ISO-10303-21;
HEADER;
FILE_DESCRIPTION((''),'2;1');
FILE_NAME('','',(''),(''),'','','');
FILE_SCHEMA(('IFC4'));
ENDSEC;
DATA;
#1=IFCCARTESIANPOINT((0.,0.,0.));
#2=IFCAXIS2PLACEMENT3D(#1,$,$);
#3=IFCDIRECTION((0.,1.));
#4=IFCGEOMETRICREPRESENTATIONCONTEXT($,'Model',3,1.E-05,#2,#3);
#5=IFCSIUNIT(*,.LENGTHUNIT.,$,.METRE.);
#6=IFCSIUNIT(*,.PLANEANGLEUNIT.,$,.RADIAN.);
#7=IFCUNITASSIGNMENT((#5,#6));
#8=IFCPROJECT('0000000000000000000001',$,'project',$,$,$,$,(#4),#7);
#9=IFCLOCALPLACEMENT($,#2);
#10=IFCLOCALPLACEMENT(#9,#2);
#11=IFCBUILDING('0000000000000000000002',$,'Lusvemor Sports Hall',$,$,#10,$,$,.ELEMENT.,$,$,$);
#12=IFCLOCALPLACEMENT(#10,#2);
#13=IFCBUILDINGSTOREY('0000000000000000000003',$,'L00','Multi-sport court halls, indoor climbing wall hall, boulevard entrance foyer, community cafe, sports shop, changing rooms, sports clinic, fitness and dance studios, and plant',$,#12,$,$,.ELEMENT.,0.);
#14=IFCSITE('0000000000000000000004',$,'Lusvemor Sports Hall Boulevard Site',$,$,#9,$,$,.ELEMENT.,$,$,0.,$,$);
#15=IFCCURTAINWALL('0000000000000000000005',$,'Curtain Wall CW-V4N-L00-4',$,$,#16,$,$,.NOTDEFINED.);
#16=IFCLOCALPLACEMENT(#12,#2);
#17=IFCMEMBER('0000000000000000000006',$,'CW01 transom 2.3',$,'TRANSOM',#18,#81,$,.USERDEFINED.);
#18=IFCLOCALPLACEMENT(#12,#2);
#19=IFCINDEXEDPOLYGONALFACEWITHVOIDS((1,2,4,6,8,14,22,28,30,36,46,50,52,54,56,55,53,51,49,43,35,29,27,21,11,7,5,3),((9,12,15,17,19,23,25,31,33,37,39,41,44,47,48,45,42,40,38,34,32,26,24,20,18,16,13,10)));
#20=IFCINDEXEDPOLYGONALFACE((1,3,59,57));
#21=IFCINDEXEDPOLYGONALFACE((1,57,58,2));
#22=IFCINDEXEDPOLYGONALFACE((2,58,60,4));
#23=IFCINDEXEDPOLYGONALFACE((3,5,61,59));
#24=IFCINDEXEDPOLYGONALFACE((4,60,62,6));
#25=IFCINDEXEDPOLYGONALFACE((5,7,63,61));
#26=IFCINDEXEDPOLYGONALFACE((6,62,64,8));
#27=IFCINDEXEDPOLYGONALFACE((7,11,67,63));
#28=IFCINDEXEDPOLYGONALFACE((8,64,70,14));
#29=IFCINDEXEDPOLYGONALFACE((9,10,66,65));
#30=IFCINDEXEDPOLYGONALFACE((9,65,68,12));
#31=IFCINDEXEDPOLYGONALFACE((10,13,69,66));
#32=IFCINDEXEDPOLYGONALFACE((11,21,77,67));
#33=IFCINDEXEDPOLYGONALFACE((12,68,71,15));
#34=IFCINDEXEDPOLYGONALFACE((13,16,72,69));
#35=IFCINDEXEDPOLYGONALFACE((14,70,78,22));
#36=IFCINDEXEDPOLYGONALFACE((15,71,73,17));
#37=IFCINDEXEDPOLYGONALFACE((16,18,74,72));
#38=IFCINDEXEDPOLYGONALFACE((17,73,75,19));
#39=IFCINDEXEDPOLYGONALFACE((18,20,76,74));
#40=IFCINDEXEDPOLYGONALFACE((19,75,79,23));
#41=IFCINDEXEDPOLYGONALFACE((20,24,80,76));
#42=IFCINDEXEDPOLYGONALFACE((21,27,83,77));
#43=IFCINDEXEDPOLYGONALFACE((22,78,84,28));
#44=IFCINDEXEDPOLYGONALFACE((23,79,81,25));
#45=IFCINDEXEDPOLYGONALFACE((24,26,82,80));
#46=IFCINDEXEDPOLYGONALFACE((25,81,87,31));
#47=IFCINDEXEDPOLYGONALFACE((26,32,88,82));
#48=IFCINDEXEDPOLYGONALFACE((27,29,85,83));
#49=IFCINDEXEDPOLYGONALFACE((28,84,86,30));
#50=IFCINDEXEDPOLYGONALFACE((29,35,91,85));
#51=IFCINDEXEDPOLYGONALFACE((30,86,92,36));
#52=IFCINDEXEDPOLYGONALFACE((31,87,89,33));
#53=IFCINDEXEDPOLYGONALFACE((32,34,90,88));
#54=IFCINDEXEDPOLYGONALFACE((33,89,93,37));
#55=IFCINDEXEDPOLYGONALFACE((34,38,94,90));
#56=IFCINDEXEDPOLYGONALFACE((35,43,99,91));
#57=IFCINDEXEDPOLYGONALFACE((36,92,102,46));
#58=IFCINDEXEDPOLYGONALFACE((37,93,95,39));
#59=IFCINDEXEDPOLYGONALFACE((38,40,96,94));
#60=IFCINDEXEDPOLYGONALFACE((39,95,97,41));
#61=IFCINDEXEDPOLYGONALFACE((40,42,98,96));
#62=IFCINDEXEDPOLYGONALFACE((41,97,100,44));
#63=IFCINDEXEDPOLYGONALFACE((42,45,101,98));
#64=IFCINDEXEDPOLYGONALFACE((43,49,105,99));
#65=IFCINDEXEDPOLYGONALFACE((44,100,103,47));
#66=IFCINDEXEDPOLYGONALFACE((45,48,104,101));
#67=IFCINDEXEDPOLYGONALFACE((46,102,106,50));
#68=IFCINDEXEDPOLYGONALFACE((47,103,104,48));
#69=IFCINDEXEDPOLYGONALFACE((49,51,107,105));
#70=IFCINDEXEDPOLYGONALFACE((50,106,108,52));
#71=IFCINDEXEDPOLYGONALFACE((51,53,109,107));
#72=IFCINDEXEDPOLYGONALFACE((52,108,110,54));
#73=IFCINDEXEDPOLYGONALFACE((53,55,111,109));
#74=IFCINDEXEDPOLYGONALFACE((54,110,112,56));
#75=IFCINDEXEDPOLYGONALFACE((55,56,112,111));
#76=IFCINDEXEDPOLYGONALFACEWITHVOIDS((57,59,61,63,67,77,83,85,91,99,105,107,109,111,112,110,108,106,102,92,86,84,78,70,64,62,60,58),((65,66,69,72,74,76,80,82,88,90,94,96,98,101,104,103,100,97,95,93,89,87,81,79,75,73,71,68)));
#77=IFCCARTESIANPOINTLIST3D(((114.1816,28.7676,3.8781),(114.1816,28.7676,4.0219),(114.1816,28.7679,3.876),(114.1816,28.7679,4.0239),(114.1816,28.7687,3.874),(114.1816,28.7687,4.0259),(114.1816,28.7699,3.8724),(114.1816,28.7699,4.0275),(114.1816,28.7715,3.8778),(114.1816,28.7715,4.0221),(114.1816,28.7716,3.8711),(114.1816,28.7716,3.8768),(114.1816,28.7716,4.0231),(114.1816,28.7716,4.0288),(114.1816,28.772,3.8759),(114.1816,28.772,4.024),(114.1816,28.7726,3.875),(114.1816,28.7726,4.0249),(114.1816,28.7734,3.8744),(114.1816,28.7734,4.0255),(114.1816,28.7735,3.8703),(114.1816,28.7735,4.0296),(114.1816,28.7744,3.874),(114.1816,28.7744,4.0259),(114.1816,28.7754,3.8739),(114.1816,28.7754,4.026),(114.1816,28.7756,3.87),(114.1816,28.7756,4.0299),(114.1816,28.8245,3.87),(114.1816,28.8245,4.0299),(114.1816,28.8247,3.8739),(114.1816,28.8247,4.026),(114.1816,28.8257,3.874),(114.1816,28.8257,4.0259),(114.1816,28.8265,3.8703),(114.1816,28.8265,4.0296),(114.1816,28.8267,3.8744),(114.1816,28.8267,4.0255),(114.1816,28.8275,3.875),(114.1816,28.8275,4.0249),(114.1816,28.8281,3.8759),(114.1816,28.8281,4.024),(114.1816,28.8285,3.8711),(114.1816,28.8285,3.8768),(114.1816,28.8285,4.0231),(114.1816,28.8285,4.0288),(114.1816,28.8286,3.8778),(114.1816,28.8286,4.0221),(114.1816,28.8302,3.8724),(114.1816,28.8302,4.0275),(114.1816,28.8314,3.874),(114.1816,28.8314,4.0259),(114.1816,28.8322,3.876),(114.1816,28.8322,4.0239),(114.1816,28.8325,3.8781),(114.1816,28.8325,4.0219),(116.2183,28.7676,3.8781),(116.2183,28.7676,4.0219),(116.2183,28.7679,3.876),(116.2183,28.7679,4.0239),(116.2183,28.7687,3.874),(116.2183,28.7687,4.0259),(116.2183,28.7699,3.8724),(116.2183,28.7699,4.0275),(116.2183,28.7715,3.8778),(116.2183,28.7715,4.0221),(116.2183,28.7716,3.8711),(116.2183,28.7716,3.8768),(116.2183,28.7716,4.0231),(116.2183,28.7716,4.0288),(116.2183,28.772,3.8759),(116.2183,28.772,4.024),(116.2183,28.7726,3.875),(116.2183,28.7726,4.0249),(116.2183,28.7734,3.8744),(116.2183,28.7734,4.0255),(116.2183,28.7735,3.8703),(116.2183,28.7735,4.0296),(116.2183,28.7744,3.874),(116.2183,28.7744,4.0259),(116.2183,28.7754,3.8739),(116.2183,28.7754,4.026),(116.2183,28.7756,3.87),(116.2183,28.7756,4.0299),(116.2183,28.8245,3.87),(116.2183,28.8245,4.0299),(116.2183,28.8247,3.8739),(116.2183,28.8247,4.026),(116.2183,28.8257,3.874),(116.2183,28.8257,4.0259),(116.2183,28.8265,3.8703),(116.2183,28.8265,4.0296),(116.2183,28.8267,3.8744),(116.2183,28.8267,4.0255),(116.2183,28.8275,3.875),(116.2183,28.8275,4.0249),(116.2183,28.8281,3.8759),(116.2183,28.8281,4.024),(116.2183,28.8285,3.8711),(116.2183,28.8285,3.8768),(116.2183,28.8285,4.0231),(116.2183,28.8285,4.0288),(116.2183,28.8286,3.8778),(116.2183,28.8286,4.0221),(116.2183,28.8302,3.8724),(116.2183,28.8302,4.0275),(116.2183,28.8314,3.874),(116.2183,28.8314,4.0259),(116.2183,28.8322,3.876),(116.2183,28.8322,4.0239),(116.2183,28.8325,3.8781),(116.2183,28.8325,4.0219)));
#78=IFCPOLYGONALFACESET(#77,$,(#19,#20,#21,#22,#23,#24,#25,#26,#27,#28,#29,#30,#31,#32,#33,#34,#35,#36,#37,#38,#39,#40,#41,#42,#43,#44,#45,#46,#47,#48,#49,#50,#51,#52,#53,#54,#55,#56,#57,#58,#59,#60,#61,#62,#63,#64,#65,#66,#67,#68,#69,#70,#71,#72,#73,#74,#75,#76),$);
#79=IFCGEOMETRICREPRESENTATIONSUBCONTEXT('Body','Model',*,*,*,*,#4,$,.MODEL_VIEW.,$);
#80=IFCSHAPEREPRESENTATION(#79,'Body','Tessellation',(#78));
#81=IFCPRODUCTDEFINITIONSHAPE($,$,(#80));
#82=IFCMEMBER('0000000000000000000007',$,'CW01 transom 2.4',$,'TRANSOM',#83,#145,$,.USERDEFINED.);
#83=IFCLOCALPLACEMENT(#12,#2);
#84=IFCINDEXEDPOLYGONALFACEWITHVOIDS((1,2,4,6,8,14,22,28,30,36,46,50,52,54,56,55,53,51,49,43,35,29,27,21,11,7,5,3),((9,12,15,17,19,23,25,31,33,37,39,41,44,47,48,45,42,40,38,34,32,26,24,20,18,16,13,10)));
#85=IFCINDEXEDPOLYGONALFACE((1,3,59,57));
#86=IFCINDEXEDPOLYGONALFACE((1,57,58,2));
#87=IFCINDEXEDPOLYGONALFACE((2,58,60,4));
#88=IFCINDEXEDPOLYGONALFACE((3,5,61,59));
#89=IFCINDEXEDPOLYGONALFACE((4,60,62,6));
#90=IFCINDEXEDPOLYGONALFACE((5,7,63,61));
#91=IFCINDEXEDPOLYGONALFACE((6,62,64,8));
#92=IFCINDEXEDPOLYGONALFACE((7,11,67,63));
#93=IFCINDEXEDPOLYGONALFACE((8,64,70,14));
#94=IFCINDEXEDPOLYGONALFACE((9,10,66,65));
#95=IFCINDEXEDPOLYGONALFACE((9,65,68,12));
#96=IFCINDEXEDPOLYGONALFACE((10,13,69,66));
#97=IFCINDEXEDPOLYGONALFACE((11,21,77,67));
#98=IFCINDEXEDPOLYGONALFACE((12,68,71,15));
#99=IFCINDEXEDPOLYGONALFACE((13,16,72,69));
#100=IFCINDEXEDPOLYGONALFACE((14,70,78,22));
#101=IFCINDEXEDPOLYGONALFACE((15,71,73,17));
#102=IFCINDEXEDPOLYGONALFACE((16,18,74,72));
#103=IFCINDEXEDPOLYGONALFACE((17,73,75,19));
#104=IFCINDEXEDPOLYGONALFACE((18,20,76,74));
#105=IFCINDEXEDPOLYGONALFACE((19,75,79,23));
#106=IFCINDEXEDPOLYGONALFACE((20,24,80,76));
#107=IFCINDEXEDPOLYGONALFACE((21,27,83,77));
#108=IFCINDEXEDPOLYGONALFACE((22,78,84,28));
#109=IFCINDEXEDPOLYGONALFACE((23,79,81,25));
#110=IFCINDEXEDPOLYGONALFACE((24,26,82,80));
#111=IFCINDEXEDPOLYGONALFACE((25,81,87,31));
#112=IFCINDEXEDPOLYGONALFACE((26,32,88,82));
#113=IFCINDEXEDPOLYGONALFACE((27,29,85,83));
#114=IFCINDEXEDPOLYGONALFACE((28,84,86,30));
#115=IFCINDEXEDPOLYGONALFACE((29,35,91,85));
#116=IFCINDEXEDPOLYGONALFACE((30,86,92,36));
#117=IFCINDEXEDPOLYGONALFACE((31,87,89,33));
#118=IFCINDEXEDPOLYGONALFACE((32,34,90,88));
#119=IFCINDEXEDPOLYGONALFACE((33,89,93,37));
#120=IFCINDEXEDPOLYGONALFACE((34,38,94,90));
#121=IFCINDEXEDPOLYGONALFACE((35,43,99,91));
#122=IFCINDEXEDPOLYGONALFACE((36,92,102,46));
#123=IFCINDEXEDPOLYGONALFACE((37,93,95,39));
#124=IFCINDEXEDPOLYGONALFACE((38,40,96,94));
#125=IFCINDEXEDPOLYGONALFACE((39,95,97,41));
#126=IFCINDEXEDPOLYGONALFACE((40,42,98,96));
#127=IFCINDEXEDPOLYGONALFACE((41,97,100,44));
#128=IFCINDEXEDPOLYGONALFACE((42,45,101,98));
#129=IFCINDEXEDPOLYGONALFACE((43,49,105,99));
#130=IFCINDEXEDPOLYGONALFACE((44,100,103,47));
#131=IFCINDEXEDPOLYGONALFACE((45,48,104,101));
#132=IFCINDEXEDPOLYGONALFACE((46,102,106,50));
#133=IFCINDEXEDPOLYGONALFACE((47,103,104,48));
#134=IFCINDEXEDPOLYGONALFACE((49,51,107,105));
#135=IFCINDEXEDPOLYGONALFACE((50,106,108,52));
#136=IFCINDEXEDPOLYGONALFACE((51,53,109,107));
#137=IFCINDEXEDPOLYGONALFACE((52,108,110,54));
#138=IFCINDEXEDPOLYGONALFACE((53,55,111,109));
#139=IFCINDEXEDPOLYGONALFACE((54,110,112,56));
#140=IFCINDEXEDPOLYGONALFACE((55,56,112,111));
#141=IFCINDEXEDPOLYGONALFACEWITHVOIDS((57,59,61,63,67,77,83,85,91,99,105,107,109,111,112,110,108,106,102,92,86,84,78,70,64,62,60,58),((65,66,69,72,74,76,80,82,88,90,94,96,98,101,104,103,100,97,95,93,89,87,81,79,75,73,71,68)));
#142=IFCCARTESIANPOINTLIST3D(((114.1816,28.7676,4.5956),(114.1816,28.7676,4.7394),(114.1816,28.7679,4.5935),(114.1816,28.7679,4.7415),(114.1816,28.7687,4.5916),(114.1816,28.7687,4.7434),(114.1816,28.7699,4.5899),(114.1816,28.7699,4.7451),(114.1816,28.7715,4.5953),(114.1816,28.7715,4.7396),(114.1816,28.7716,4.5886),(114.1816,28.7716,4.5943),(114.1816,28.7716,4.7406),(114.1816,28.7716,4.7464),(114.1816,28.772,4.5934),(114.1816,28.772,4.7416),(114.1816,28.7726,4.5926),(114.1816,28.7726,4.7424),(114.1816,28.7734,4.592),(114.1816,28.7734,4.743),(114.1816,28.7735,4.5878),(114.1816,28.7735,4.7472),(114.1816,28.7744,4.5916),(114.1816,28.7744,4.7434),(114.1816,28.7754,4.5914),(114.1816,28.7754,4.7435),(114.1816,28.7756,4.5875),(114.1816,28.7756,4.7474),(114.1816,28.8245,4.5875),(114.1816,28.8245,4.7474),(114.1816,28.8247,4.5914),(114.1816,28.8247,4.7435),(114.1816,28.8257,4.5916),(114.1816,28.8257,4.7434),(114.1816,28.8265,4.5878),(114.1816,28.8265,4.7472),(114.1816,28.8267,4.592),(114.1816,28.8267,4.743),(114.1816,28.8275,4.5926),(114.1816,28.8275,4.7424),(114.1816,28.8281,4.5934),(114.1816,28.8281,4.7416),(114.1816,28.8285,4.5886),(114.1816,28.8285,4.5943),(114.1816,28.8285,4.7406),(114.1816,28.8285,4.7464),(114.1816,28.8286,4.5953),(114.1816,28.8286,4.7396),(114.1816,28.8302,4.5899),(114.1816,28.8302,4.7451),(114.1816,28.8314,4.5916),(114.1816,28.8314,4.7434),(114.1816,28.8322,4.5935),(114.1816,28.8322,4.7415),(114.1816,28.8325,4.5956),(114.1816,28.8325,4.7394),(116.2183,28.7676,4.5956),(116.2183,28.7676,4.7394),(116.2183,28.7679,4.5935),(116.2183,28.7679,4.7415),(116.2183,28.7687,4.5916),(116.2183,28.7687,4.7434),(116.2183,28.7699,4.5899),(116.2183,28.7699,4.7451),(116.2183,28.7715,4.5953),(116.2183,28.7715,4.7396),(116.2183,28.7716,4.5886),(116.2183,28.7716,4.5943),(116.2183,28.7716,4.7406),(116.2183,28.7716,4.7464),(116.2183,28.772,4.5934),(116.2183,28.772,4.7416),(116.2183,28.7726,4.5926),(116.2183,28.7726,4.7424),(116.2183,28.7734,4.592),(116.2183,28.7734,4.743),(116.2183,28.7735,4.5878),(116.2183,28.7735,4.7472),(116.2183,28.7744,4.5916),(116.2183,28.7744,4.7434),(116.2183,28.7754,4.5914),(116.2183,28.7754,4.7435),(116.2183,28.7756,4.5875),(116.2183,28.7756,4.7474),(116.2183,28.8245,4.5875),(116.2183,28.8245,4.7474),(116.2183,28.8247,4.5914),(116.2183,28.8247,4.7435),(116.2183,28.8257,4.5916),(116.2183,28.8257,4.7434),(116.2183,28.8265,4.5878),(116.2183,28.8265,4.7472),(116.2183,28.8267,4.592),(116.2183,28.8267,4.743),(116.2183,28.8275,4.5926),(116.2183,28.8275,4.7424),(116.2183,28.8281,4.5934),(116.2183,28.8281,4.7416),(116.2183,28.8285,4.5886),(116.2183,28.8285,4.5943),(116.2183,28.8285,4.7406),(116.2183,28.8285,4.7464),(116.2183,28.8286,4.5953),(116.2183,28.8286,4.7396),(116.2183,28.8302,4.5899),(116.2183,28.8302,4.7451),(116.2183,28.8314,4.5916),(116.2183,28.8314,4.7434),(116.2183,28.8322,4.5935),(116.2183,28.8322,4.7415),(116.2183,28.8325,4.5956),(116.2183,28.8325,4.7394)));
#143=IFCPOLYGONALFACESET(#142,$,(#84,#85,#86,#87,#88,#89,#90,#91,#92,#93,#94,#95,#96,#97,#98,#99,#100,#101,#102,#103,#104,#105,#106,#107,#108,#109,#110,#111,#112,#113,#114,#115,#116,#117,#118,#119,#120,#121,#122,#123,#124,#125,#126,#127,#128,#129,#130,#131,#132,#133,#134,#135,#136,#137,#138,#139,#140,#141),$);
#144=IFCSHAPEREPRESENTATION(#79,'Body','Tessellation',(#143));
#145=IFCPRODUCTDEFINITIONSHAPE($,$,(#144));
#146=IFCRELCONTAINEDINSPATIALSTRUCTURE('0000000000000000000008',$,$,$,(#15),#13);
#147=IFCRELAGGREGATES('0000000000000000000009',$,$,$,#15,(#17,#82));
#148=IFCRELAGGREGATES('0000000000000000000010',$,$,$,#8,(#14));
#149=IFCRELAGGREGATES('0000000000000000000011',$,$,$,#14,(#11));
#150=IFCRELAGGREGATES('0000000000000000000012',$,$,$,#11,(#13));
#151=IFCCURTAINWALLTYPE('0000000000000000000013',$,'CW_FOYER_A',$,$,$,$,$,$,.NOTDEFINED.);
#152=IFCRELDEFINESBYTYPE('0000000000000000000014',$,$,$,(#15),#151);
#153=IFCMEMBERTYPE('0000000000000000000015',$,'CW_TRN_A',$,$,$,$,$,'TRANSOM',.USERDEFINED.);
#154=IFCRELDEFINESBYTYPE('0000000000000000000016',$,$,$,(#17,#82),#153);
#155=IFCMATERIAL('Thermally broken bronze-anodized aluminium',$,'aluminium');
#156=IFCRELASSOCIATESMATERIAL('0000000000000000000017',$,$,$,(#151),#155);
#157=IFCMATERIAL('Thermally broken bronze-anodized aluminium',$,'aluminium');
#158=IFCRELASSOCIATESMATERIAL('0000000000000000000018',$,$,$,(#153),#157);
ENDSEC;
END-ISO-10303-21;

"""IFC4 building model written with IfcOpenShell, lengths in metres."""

from ifc_helpers import new_model, si_unit, direction, frame, origin, origin_2d, place, context, subcontext, project, spatial, hollow_rectangle, extrude, material, material_profile, profile_set, type_object, element, aggregate, save


model = new_model("IFC4")

# Units and contexts
model_context = context("Model", 3, precision=1e-05, world=origin(), true_north=direction((0.0, 1.0)))
body_context = subcontext(model_context, "Body", "Model", "MODEL_VIEW")
ifc_project = project(units=[si_unit("LENGTHUNIT", "METRE"), si_unit("PLANEANGLEUNIT", "RADIAN")], contexts=[model_context])

# Site, building, storey
site_placement = place(None, origin())
site = spatial("IfcSite", under=ifc_project, at=site_placement, Name="Lusvemor Sports Hall Boulevard Site", CompositionType="ELEMENT", RefElevation=0.0)
building_placement = place(site_placement, origin())
building = spatial("IfcBuilding", under=site, at=building_placement, Name="Lusvemor Sports Hall", CompositionType="ELEMENT")
storey_placement = place(building_placement, origin())
storey = spatial("IfcBuildingStorey", under=building, at=storey_placement, Name="L00", Description="Multi-sport court halls, indoor climbing wall hall, boulevard entrance foyer, community cafe, sports shop, changing rooms, sports clinic, fitness and dance studios, and plant", CompositionType="ELEMENT", Elevation=0.0)

# Curtain wall, members
ifc_material_1 = material(Name="Thermally broken bronze-anodized aluminium", Category="aluminium")
curtain_wall_type = type_object("IfcCurtainWallType", Name="CW_FOYER_A", PredefinedType="NOTDEFINED", material=ifc_material_1)
curtain_wall_placement = place(storey_placement, origin())
curtain_wall = element("IfcCurtainWall", 1, at=curtain_wall_placement, inside=storey, type_object=curtain_wall_type, Name="Curtain Wall CW-V4N-L00-4", PredefinedType="NOTDEFINED")
ifc_material_2 = material(Name="Thermally broken bronze-anodized aluminium", Category="aluminium")
ifc_material_profile_1 = material_profile(ifc_material_2, hollow_rectangle(XDim=0.0649, YDim=0.1599, WallThickness=0.0039, InnerFilletRadius=0.0039, OuterFilletRadius=0.0081, at=origin_2d()), Name="CWTRN160x65x4")
ifc_profile_set_1 = profile_set([ifc_material_profile_1], Name="Thermally broken bronze-anodized aluminium")
member_type_1 = type_object("IfcMemberType", Name="CW_TRN_A", ElementType="TRANSOM", PredefinedType="USERDEFINED", material=ifc_profile_set_1)
member_1_placement = place(storey_placement, frame((114.1816, 28.8, 3.95), z_axis=(1.0, 0.0, 0.0), x_axis=(0.0, 1.0, 0.0)))
member_1 = element("IfcMember", 2, at=member_1_placement, type_object=member_type_1, Name="CW01 transom 2.3", ObjectType="TRANSOM", PredefinedType="USERDEFINED", context=body_context, shape_type="SweptSolid", body=[
    extrude(hollow_rectangle(XDim=0.0649, YDim=0.1599, WallThickness=0.0039, InnerFilletRadius=0.0039, OuterFilletRadius=0.0081, at=origin_2d()), origin(), (0.0, 0.0, 1.0), 2.0366),
])
member_2_placement = place(storey_placement, frame((114.1816, 28.8, 4.6675), z_axis=(1.0, 0.0, 0.0), x_axis=(0.0, 1.0, 0.0)))
member_2 = element("IfcMember", 3, at=member_2_placement, type_object=member_type_1, Name="CW01 transom 2.4", ObjectType="TRANSOM", PredefinedType="USERDEFINED", context=body_context, shape_type="SweptSolid", body=[
    extrude(hollow_rectangle(XDim=0.0649, YDim=0.1599, WallThickness=0.0039, InnerFilletRadius=0.0039, OuterFilletRadius=0.0081, at=origin_2d()), origin(), (0.0, 0.0, 1.0), 2.0366),
])
aggregate(curtain_wall, [member_1, member_2])

save(model, "model.ifc")
